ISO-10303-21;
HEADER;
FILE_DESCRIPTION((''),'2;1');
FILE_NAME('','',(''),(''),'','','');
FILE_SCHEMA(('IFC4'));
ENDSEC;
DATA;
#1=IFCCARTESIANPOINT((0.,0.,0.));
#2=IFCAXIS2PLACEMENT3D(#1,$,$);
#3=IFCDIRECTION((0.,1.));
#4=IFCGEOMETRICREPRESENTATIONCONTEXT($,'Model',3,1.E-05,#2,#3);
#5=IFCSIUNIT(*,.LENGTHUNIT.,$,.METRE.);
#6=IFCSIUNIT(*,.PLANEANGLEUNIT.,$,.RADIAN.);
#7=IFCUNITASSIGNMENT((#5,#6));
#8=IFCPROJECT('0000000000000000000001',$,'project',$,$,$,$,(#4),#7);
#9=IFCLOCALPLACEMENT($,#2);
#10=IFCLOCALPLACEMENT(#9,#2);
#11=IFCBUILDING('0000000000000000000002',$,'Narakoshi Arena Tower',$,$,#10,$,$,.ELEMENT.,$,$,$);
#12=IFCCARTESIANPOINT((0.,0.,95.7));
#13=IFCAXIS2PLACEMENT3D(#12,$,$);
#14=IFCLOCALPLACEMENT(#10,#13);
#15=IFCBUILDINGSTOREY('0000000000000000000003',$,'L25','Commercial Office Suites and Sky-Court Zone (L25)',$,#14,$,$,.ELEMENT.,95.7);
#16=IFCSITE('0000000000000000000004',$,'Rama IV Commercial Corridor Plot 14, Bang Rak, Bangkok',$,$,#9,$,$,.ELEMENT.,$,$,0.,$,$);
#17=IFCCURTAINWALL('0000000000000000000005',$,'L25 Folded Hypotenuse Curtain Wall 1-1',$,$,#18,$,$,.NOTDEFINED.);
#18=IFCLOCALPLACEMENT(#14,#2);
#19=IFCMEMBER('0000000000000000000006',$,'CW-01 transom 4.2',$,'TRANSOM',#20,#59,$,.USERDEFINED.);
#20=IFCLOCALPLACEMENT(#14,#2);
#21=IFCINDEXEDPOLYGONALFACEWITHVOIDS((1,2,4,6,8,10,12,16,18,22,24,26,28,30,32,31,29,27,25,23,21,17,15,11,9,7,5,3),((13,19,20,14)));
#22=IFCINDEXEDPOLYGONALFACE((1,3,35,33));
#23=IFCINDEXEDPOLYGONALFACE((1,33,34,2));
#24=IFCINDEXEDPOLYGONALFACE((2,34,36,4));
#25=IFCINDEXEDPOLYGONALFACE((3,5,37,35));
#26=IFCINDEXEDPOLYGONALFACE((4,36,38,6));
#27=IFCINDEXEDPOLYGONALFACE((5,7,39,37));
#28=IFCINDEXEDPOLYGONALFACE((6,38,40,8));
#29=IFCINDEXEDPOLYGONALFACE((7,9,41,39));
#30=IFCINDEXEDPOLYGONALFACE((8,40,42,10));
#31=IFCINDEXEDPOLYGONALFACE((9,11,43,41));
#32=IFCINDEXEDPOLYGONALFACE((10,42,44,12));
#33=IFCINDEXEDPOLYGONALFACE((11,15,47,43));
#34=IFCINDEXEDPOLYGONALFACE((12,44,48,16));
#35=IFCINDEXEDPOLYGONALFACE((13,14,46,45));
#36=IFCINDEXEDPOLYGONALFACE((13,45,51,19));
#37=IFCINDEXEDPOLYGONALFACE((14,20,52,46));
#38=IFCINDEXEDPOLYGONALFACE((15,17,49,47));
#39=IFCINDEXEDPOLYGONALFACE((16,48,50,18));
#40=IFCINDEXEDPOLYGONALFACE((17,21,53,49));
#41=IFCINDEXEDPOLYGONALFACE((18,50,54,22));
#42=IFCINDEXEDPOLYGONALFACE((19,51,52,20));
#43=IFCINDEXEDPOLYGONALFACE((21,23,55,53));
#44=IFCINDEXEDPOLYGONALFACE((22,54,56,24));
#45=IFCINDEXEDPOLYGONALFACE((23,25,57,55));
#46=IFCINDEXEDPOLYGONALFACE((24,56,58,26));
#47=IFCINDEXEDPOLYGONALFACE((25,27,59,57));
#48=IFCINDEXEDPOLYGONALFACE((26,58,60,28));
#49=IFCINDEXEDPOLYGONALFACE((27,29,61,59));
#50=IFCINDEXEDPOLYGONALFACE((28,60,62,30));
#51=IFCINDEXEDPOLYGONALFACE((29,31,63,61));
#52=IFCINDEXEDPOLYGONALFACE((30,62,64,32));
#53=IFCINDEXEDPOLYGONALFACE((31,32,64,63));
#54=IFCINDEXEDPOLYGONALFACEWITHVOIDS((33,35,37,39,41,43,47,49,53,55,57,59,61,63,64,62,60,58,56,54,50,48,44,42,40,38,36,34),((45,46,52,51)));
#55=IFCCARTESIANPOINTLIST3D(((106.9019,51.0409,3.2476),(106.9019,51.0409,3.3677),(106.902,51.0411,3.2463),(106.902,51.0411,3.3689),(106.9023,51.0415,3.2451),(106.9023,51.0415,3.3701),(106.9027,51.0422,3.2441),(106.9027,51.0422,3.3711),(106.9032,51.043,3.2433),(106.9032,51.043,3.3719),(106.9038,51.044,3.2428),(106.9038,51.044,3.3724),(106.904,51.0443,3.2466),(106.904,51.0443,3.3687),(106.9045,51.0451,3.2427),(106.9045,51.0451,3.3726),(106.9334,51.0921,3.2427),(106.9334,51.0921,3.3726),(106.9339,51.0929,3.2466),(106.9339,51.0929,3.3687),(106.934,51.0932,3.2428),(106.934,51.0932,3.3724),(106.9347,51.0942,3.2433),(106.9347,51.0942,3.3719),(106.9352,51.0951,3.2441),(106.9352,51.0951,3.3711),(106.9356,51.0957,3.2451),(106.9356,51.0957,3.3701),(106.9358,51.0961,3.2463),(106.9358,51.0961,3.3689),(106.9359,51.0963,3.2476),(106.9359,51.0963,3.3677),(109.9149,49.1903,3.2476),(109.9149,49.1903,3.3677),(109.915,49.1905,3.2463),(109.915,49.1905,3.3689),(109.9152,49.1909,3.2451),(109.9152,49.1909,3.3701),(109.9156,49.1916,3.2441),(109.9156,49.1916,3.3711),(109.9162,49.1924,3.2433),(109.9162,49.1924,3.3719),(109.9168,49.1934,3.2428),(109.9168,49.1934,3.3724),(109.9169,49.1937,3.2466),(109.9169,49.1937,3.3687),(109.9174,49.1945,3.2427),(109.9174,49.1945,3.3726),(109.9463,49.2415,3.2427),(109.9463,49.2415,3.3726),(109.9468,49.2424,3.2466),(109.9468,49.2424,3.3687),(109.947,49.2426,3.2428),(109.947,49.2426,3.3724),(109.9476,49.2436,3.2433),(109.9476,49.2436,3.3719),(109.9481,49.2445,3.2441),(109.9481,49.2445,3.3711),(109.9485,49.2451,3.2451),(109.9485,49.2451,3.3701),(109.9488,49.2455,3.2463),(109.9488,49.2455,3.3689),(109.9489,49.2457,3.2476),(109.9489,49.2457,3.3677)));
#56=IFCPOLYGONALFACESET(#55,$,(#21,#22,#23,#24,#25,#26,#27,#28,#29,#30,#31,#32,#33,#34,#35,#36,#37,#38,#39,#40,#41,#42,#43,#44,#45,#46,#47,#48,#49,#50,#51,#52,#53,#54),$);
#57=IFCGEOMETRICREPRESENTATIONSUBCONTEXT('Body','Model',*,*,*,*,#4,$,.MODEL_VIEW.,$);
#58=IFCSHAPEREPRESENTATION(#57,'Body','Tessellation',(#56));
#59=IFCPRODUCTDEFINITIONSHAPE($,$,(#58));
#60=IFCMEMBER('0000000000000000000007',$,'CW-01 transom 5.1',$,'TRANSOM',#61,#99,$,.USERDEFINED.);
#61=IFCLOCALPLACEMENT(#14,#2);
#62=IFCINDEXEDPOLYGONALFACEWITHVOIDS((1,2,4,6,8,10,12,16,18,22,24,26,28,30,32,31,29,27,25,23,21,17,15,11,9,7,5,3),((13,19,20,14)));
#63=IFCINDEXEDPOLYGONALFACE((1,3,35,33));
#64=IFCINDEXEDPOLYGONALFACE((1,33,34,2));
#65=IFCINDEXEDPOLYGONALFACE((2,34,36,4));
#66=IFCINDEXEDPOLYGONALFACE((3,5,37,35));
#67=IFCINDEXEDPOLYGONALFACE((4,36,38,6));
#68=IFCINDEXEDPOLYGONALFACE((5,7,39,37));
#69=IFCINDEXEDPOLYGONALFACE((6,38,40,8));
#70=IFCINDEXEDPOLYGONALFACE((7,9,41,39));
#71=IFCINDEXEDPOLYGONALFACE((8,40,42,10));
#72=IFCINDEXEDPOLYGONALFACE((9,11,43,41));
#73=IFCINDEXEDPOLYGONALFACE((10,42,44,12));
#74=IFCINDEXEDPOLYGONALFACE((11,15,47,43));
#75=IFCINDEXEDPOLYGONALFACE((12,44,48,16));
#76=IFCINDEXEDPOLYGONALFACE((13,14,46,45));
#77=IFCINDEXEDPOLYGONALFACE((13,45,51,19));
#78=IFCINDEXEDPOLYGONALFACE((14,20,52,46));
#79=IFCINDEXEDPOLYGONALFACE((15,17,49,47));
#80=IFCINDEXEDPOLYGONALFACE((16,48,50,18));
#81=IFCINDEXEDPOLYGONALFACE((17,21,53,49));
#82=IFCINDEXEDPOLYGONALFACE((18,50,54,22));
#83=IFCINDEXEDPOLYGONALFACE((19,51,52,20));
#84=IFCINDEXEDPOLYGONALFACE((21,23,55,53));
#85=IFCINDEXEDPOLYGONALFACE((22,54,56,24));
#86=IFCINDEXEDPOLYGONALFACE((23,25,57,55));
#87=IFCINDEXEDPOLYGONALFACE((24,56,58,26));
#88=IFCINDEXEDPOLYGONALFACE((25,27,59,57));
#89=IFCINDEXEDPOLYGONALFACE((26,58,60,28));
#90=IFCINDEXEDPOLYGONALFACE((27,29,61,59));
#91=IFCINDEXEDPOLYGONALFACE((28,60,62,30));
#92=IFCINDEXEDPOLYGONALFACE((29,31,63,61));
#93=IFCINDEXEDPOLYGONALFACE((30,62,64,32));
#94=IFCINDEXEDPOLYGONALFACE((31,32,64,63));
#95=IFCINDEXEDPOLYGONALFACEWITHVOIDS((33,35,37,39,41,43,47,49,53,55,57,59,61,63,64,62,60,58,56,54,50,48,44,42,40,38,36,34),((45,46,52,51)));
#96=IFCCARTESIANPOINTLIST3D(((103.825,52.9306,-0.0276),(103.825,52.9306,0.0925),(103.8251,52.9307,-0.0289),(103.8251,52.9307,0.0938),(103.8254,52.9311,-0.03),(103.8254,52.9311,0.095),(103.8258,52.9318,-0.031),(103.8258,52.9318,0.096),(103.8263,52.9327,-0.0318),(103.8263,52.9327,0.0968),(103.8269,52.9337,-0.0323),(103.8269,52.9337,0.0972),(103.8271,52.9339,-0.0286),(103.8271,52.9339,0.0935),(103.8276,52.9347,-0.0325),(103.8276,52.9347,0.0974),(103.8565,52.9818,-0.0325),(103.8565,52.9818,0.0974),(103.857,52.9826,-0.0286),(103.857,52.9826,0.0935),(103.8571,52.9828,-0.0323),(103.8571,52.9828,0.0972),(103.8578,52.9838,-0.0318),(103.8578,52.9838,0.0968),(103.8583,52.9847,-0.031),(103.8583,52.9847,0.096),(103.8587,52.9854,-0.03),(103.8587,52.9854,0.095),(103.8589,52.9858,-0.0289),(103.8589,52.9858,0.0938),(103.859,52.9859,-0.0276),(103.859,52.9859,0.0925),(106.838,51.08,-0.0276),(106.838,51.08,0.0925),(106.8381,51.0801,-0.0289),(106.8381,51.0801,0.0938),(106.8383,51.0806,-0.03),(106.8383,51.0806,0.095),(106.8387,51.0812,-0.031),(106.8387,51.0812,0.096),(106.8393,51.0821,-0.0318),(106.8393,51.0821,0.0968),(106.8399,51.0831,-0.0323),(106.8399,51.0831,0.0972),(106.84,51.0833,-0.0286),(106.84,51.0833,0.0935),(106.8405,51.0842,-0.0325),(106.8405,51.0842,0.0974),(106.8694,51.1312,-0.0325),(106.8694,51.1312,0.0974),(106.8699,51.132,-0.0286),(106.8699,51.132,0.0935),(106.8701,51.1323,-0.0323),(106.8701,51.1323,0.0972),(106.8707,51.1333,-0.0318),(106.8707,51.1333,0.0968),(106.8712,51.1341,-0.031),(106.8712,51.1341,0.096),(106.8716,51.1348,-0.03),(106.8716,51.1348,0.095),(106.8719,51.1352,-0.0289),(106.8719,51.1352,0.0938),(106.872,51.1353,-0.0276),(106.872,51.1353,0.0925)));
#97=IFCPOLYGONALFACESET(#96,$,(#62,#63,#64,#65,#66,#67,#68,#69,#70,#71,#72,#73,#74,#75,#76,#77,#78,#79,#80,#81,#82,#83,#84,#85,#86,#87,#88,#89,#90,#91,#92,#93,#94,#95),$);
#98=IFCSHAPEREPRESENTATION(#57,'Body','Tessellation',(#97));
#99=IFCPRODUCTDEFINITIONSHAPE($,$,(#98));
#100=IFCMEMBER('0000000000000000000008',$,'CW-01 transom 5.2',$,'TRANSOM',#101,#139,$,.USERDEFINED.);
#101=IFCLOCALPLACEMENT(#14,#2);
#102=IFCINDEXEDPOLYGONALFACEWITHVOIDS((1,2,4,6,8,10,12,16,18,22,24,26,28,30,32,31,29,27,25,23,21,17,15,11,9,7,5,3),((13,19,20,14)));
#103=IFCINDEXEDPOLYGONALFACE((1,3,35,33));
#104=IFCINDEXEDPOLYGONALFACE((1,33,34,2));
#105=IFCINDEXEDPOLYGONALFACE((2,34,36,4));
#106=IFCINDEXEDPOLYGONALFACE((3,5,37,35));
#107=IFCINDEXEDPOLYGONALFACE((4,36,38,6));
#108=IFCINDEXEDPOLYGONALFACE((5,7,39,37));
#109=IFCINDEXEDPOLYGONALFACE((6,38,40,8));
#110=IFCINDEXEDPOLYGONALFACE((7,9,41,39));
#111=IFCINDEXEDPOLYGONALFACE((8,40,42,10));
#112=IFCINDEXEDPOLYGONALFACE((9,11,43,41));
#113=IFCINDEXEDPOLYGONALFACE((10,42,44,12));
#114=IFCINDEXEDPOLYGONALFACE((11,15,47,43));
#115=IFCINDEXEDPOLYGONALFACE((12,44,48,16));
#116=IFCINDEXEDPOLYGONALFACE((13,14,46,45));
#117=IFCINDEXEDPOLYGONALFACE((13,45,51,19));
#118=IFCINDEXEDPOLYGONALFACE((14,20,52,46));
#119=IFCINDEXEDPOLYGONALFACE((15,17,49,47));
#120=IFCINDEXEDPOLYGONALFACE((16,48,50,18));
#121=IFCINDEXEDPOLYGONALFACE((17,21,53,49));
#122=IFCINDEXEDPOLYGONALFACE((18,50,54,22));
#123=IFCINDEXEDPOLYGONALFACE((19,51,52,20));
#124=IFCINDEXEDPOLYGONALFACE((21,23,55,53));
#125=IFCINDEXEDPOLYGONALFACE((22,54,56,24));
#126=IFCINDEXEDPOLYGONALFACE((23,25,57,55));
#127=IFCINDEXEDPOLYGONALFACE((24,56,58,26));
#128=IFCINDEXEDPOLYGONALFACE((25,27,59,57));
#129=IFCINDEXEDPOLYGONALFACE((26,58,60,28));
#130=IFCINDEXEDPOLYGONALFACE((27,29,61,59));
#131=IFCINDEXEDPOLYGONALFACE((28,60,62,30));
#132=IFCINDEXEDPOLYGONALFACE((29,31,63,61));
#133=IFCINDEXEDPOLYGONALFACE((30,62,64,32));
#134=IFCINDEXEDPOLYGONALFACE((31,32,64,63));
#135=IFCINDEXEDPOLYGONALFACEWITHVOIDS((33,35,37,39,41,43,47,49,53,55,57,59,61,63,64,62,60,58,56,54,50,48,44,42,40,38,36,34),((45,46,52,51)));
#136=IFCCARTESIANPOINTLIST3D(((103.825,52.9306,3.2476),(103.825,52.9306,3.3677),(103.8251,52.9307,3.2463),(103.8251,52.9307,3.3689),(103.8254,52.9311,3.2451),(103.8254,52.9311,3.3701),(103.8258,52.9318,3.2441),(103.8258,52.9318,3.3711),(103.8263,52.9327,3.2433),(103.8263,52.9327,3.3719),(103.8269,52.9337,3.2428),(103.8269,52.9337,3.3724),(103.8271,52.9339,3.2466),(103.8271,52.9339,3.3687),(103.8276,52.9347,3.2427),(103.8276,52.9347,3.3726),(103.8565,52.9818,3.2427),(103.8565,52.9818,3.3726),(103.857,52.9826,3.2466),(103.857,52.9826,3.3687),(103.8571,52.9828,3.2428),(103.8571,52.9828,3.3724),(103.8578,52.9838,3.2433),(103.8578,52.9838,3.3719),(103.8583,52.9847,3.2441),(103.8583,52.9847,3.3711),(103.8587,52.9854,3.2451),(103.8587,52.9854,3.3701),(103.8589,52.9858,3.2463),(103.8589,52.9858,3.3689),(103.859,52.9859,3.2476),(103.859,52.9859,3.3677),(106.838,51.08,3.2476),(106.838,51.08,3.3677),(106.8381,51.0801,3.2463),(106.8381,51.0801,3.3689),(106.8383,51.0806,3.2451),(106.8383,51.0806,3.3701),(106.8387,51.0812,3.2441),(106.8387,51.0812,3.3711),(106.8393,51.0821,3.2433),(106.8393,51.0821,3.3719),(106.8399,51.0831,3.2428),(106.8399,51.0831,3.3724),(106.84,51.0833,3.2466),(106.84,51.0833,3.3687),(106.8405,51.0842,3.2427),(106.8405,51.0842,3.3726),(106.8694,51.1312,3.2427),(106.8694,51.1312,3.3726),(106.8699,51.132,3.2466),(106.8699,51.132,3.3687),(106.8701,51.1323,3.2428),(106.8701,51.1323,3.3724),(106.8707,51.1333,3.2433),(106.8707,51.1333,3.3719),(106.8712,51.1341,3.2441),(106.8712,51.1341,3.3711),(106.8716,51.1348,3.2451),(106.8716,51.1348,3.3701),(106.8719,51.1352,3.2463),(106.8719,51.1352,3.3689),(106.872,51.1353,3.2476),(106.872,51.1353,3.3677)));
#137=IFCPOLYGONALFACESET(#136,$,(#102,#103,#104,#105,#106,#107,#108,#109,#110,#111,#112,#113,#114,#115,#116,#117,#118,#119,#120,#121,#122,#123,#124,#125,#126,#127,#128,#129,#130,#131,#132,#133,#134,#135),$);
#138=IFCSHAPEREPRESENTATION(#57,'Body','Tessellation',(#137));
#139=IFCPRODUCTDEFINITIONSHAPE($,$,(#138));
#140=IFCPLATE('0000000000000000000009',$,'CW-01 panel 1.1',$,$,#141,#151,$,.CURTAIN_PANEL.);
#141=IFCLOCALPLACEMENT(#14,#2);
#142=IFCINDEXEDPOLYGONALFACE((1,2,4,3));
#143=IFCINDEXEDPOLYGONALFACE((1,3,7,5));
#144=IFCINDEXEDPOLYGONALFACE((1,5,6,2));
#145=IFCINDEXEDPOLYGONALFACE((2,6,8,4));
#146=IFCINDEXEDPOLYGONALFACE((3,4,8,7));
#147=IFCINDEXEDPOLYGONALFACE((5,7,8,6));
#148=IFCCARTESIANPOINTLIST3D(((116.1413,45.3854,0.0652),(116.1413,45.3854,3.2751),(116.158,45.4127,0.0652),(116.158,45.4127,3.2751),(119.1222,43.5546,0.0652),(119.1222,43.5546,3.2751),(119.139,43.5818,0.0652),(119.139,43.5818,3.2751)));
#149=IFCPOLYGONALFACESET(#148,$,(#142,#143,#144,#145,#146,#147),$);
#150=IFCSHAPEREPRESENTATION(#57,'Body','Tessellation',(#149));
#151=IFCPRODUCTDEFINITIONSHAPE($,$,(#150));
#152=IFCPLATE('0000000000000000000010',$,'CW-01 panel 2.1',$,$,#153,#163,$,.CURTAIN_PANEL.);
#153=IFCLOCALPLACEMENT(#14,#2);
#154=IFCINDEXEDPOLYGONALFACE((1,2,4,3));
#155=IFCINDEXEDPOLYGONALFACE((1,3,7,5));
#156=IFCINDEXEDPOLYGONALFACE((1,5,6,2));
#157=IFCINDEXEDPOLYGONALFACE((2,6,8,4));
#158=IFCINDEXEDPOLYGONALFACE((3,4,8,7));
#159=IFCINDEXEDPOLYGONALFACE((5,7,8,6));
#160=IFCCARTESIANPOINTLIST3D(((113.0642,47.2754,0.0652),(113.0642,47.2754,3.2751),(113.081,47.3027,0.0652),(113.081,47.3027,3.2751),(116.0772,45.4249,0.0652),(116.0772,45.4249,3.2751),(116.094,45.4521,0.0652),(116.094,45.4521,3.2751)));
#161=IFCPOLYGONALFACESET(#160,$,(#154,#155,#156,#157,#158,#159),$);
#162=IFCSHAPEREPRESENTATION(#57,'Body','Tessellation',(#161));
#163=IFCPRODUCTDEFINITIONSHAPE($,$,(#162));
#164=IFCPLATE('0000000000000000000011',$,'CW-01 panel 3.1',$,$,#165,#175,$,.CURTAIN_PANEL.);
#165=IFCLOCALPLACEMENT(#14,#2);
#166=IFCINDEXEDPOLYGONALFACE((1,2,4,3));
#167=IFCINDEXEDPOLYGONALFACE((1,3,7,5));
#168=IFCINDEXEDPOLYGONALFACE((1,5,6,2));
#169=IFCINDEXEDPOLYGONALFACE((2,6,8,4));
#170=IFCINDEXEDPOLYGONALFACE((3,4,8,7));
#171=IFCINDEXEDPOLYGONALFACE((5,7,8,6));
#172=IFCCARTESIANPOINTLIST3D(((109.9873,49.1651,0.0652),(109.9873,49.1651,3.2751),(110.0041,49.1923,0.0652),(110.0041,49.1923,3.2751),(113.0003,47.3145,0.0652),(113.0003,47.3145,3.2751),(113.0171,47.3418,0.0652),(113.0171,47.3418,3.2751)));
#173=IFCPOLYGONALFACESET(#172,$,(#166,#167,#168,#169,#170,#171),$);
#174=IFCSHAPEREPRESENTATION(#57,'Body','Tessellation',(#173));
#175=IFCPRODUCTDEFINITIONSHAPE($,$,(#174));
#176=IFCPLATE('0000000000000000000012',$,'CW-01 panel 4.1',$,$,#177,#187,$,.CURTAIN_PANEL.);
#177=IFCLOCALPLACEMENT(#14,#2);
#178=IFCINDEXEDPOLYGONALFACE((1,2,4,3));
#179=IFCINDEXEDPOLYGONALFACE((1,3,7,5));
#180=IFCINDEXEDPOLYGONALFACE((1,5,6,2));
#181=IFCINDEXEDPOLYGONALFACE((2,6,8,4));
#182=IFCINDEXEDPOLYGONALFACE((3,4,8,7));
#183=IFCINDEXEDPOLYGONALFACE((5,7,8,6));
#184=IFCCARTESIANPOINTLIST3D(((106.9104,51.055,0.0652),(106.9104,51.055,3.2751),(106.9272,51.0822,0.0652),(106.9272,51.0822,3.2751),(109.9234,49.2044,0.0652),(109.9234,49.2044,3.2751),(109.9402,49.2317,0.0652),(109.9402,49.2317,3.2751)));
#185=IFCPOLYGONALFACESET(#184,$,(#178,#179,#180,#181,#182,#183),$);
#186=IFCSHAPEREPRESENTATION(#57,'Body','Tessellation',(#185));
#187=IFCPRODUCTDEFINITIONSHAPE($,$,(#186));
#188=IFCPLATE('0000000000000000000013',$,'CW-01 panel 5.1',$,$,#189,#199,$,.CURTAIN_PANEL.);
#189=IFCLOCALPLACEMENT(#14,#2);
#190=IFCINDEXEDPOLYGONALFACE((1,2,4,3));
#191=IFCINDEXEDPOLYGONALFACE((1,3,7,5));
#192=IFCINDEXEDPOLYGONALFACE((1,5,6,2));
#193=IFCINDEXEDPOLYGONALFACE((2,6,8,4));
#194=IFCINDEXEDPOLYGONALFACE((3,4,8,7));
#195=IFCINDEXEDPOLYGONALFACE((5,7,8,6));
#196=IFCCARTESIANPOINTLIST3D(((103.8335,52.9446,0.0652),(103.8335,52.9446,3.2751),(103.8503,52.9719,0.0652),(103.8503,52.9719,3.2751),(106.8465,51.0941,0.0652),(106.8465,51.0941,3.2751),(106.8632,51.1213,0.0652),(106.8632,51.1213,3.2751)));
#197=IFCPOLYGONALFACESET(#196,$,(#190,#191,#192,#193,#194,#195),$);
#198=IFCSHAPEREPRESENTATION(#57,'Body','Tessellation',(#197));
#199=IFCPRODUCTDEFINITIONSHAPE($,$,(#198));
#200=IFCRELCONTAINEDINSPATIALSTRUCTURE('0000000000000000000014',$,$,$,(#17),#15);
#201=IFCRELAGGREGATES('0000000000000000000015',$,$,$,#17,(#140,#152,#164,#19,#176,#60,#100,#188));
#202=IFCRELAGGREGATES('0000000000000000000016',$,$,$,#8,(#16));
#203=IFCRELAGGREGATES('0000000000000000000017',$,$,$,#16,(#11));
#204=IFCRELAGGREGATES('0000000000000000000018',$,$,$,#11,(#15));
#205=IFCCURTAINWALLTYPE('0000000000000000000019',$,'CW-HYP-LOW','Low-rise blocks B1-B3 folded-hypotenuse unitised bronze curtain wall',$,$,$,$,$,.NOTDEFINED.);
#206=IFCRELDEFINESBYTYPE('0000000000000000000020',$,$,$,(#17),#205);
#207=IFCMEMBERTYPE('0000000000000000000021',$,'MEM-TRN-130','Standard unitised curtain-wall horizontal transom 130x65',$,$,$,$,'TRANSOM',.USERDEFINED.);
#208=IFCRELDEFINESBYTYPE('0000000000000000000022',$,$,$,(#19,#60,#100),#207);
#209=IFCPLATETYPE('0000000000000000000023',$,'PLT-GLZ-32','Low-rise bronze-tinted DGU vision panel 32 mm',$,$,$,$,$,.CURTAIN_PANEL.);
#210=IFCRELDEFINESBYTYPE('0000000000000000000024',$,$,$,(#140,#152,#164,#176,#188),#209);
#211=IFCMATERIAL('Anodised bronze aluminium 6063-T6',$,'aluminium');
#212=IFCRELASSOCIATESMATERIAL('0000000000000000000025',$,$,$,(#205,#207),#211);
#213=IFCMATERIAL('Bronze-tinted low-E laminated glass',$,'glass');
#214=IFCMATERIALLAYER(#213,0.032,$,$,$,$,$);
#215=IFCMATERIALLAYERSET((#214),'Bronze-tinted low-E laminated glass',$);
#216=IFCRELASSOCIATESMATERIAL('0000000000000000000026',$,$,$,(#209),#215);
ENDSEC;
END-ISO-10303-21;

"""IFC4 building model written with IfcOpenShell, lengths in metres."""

from ifc_helpers import new_model, si_unit, direction, frame, origin, origin_2d, place, context, subcontext, project, spatial, rectangle, hollow_rectangle, extrude, material, layer, layer_set, material_profile, profile_set, type_object, element, aggregate, save


model = new_model("IFC4")

# Units and contexts
model_context = context("Model", 3, precision=1e-05, world=origin(), true_north=direction((0.0, 1.0)))
body_context = subcontext(model_context, "Body", "Model", "MODEL_VIEW")
ifc_project = project(units=[si_unit("LENGTHUNIT", "METRE"), si_unit("PLANEANGLEUNIT", "RADIAN")], contexts=[model_context])

# Site, building, storey
site_placement = place(None, origin())
site = spatial("IfcSite", under=ifc_project, at=site_placement, Name="Rama IV Commercial Corridor Plot 14, Bang Rak, Bangkok", CompositionType="ELEMENT", RefElevation=0.0)
building_placement = place(site_placement, origin())
building = spatial("IfcBuilding", under=site, at=building_placement, Name="Narakoshi Arena Tower", CompositionType="ELEMENT")
storey_placement = place(building_placement, frame((0.0, 0.0, 95.7)))
storey = spatial("IfcBuildingStorey", under=building, at=storey_placement, Name="L25", Description="Commercial Office Suites and Sky-Court Zone (L25)", CompositionType="ELEMENT", Elevation=95.7)

# Curtain wall, members, plates
ifc_material_1 = material(Name="Anodised bronze aluminium 6063-T6", Category="aluminium")
curtain_wall_type = type_object("IfcCurtainWallType", Name="CW-HYP-LOW", Description="Low-rise blocks B1-B3 folded-hypotenuse unitised bronze curtain wall", PredefinedType="NOTDEFINED", material=ifc_material_1)
curtain_wall_placement = place(storey_placement, origin())
curtain_wall = element("IfcCurtainWall", 1, at=curtain_wall_placement, inside=storey, type_object=curtain_wall_type, Name="L25 Folded Hypotenuse Curtain Wall 1-1", PredefinedType="NOTDEFINED")
ifc_material_profile_1 = material_profile(ifc_material_1, hollow_rectangle(XDim=0.0649, YDim=0.1299, WallThickness=0.0039, OuterFilletRadius=0.0049, at=origin_2d()), Name="TRN130x65x4")
ifc_profile_set_1 = profile_set([ifc_material_profile_1], Name="Anodised bronze aluminium 6063-T6")
member_type_1 = type_object("IfcMemberType", Name="MEM-TRN-130", Description="Standard unitised curtain-wall horizontal transom 130x65", ElementType="TRANSOM", PredefinedType="USERDEFINED", material=ifc_profile_set_1)
member_1_placement = place(storey_placement, frame((109.9319, 49.218, 3.3076), z_axis=(-0.852104, 0.523373, 0.0), x_axis=(-0.523373, -0.852104, 0.0)))
member_1 = element("IfcMember", 2, at=member_1_placement, type_object=member_type_1, Name="CW-01 transom 4.2", ObjectType="TRANSOM", PredefinedType="USERDEFINED", context=body_context, shape_type="SweptSolid", body=[
    extrude(hollow_rectangle(XDim=0.0649, YDim=0.1299, WallThickness=0.0039, OuterFilletRadius=0.0049, at=origin_2d()), origin(), (0.0, 0.0, 1.0), 3.5359),
])
member_2_placement = place(storey_placement, frame((106.855, 51.1077, 0.0325), z_axis=(-0.852104, 0.523373, 0.0), x_axis=(-0.523373, -0.852104, 0.0)))
member_2 = element("IfcMember", 3, at=member_2_placement, type_object=member_type_1, Name="CW-01 transom 5.1", ObjectType="TRANSOM", PredefinedType="USERDEFINED", context=body_context, shape_type="SweptSolid", body=[
    extrude(hollow_rectangle(XDim=0.0649, YDim=0.1299, WallThickness=0.0039, OuterFilletRadius=0.0049, at=origin_2d()), origin(), (0.0, 0.0, 1.0), 3.5359),
])
member_3_placement = place(storey_placement, frame((106.855, 51.1077, 3.3076), z_axis=(-0.852104, 0.523373, 0.0), x_axis=(-0.523373, -0.852104, 0.0)))
member_3 = element("IfcMember", 4, at=member_3_placement, type_object=member_type_1, Name="CW-01 transom 5.2", ObjectType="TRANSOM", PredefinedType="USERDEFINED", context=body_context, shape_type="SweptSolid", body=[
    extrude(hollow_rectangle(XDim=0.0649, YDim=0.1299, WallThickness=0.0039, OuterFilletRadius=0.0049, at=origin_2d()), origin(), (0.0, 0.0, 1.0), 3.5359),
])
ifc_material_2 = material(Name="Bronze-tinted low-E laminated glass", Category="glass")
ifc_layer_1 = layer(ifc_material_2, 0.032)
ifc_layer_set_1 = layer_set([ifc_layer_1], Name="Bronze-tinted low-E laminated glass")
plate_type_1 = type_object("IfcPlateType", Name="PLT-GLZ-32", Description="Low-rise bronze-tinted DGU vision panel 32 mm", PredefinedType="CURTAIN_PANEL", material=ifc_layer_set_1)
plate_1_placement = place(storey_placement, frame((117.6401, 44.4836, 0.0652), z_axis=(0.0, 0.0, 1.0), x_axis=(-0.852113, 0.523358, 0.0)))
plate_1 = element("IfcPlate", 5, at=plate_1_placement, type_object=plate_type_1, Name="CW-01 panel 1.1", PredefinedType="CURTAIN_PANEL", context=body_context, shape_type="SweptSolid", body=[
    extrude(rectangle(XDim=3.4983, YDim=0.032, at=origin_2d()), origin(), (0.0, 0.0, 1.0), 3.21),
])
plate_2_placement = place(storey_placement, frame((114.5791, 46.3638, 0.0652), z_axis=(0.0, 0.0, 1.0), x_axis=(-0.852113, 0.523358, 0.0)))
plate_2 = element("IfcPlate", 6, at=plate_2_placement, type_object=plate_type_1, Name="CW-01 panel 2.1", PredefinedType="CURTAIN_PANEL", context=body_context, shape_type="SweptSolid", body=[
    extrude(rectangle(XDim=3.5359, YDim=0.032, at=origin_2d()), origin(), (0.0, 0.0, 1.0), 3.21),
])
plate_3_placement = place(storey_placement, frame((111.5022, 48.2534, 0.0652), z_axis=(0.0, 0.0, 1.0), x_axis=(-0.852113, 0.523358, 0.0)))
plate_3 = element("IfcPlate", 7, at=plate_3_placement, type_object=plate_type_1, Name="CW-01 panel 3.1", PredefinedType="CURTAIN_PANEL", context=body_context, shape_type="SweptSolid", body=[
    extrude(rectangle(XDim=3.5359, YDim=0.032, at=origin_2d()), origin(), (0.0, 0.0, 1.0), 3.21),
])
plate_4_placement = place(storey_placement, frame((108.4253, 50.1433, 0.0652), z_axis=(0.0, 0.0, 1.0), x_axis=(-0.852113, 0.523358, 0.0)))
plate_4 = element("IfcPlate", 8, at=plate_4_placement, type_object=plate_type_1, Name="CW-01 panel 4.1", PredefinedType="CURTAIN_PANEL", context=body_context, shape_type="SweptSolid", body=[
    extrude(rectangle(XDim=3.5359, YDim=0.032, at=origin_2d()), origin(), (0.0, 0.0, 1.0), 3.21),
])
plate_5_placement = place(storey_placement, frame((105.3484, 52.033, 0.0652), z_axis=(0.0, 0.0, 1.0), x_axis=(-0.852113, 0.523358, 0.0)))
plate_5 = element("IfcPlate", 9, at=plate_5_placement, type_object=plate_type_1, Name="CW-01 panel 5.1", PredefinedType="CURTAIN_PANEL", context=body_context, shape_type="SweptSolid", body=[
    extrude(rectangle(XDim=3.5359, YDim=0.032, at=origin_2d()), origin(), (0.0, 0.0, 1.0), 3.21),
])
aggregate(curtain_wall, [plate_1, plate_2, plate_3, member_1, plate_4, member_2, member_3, plate_5])

save(model, "model.ifc")
